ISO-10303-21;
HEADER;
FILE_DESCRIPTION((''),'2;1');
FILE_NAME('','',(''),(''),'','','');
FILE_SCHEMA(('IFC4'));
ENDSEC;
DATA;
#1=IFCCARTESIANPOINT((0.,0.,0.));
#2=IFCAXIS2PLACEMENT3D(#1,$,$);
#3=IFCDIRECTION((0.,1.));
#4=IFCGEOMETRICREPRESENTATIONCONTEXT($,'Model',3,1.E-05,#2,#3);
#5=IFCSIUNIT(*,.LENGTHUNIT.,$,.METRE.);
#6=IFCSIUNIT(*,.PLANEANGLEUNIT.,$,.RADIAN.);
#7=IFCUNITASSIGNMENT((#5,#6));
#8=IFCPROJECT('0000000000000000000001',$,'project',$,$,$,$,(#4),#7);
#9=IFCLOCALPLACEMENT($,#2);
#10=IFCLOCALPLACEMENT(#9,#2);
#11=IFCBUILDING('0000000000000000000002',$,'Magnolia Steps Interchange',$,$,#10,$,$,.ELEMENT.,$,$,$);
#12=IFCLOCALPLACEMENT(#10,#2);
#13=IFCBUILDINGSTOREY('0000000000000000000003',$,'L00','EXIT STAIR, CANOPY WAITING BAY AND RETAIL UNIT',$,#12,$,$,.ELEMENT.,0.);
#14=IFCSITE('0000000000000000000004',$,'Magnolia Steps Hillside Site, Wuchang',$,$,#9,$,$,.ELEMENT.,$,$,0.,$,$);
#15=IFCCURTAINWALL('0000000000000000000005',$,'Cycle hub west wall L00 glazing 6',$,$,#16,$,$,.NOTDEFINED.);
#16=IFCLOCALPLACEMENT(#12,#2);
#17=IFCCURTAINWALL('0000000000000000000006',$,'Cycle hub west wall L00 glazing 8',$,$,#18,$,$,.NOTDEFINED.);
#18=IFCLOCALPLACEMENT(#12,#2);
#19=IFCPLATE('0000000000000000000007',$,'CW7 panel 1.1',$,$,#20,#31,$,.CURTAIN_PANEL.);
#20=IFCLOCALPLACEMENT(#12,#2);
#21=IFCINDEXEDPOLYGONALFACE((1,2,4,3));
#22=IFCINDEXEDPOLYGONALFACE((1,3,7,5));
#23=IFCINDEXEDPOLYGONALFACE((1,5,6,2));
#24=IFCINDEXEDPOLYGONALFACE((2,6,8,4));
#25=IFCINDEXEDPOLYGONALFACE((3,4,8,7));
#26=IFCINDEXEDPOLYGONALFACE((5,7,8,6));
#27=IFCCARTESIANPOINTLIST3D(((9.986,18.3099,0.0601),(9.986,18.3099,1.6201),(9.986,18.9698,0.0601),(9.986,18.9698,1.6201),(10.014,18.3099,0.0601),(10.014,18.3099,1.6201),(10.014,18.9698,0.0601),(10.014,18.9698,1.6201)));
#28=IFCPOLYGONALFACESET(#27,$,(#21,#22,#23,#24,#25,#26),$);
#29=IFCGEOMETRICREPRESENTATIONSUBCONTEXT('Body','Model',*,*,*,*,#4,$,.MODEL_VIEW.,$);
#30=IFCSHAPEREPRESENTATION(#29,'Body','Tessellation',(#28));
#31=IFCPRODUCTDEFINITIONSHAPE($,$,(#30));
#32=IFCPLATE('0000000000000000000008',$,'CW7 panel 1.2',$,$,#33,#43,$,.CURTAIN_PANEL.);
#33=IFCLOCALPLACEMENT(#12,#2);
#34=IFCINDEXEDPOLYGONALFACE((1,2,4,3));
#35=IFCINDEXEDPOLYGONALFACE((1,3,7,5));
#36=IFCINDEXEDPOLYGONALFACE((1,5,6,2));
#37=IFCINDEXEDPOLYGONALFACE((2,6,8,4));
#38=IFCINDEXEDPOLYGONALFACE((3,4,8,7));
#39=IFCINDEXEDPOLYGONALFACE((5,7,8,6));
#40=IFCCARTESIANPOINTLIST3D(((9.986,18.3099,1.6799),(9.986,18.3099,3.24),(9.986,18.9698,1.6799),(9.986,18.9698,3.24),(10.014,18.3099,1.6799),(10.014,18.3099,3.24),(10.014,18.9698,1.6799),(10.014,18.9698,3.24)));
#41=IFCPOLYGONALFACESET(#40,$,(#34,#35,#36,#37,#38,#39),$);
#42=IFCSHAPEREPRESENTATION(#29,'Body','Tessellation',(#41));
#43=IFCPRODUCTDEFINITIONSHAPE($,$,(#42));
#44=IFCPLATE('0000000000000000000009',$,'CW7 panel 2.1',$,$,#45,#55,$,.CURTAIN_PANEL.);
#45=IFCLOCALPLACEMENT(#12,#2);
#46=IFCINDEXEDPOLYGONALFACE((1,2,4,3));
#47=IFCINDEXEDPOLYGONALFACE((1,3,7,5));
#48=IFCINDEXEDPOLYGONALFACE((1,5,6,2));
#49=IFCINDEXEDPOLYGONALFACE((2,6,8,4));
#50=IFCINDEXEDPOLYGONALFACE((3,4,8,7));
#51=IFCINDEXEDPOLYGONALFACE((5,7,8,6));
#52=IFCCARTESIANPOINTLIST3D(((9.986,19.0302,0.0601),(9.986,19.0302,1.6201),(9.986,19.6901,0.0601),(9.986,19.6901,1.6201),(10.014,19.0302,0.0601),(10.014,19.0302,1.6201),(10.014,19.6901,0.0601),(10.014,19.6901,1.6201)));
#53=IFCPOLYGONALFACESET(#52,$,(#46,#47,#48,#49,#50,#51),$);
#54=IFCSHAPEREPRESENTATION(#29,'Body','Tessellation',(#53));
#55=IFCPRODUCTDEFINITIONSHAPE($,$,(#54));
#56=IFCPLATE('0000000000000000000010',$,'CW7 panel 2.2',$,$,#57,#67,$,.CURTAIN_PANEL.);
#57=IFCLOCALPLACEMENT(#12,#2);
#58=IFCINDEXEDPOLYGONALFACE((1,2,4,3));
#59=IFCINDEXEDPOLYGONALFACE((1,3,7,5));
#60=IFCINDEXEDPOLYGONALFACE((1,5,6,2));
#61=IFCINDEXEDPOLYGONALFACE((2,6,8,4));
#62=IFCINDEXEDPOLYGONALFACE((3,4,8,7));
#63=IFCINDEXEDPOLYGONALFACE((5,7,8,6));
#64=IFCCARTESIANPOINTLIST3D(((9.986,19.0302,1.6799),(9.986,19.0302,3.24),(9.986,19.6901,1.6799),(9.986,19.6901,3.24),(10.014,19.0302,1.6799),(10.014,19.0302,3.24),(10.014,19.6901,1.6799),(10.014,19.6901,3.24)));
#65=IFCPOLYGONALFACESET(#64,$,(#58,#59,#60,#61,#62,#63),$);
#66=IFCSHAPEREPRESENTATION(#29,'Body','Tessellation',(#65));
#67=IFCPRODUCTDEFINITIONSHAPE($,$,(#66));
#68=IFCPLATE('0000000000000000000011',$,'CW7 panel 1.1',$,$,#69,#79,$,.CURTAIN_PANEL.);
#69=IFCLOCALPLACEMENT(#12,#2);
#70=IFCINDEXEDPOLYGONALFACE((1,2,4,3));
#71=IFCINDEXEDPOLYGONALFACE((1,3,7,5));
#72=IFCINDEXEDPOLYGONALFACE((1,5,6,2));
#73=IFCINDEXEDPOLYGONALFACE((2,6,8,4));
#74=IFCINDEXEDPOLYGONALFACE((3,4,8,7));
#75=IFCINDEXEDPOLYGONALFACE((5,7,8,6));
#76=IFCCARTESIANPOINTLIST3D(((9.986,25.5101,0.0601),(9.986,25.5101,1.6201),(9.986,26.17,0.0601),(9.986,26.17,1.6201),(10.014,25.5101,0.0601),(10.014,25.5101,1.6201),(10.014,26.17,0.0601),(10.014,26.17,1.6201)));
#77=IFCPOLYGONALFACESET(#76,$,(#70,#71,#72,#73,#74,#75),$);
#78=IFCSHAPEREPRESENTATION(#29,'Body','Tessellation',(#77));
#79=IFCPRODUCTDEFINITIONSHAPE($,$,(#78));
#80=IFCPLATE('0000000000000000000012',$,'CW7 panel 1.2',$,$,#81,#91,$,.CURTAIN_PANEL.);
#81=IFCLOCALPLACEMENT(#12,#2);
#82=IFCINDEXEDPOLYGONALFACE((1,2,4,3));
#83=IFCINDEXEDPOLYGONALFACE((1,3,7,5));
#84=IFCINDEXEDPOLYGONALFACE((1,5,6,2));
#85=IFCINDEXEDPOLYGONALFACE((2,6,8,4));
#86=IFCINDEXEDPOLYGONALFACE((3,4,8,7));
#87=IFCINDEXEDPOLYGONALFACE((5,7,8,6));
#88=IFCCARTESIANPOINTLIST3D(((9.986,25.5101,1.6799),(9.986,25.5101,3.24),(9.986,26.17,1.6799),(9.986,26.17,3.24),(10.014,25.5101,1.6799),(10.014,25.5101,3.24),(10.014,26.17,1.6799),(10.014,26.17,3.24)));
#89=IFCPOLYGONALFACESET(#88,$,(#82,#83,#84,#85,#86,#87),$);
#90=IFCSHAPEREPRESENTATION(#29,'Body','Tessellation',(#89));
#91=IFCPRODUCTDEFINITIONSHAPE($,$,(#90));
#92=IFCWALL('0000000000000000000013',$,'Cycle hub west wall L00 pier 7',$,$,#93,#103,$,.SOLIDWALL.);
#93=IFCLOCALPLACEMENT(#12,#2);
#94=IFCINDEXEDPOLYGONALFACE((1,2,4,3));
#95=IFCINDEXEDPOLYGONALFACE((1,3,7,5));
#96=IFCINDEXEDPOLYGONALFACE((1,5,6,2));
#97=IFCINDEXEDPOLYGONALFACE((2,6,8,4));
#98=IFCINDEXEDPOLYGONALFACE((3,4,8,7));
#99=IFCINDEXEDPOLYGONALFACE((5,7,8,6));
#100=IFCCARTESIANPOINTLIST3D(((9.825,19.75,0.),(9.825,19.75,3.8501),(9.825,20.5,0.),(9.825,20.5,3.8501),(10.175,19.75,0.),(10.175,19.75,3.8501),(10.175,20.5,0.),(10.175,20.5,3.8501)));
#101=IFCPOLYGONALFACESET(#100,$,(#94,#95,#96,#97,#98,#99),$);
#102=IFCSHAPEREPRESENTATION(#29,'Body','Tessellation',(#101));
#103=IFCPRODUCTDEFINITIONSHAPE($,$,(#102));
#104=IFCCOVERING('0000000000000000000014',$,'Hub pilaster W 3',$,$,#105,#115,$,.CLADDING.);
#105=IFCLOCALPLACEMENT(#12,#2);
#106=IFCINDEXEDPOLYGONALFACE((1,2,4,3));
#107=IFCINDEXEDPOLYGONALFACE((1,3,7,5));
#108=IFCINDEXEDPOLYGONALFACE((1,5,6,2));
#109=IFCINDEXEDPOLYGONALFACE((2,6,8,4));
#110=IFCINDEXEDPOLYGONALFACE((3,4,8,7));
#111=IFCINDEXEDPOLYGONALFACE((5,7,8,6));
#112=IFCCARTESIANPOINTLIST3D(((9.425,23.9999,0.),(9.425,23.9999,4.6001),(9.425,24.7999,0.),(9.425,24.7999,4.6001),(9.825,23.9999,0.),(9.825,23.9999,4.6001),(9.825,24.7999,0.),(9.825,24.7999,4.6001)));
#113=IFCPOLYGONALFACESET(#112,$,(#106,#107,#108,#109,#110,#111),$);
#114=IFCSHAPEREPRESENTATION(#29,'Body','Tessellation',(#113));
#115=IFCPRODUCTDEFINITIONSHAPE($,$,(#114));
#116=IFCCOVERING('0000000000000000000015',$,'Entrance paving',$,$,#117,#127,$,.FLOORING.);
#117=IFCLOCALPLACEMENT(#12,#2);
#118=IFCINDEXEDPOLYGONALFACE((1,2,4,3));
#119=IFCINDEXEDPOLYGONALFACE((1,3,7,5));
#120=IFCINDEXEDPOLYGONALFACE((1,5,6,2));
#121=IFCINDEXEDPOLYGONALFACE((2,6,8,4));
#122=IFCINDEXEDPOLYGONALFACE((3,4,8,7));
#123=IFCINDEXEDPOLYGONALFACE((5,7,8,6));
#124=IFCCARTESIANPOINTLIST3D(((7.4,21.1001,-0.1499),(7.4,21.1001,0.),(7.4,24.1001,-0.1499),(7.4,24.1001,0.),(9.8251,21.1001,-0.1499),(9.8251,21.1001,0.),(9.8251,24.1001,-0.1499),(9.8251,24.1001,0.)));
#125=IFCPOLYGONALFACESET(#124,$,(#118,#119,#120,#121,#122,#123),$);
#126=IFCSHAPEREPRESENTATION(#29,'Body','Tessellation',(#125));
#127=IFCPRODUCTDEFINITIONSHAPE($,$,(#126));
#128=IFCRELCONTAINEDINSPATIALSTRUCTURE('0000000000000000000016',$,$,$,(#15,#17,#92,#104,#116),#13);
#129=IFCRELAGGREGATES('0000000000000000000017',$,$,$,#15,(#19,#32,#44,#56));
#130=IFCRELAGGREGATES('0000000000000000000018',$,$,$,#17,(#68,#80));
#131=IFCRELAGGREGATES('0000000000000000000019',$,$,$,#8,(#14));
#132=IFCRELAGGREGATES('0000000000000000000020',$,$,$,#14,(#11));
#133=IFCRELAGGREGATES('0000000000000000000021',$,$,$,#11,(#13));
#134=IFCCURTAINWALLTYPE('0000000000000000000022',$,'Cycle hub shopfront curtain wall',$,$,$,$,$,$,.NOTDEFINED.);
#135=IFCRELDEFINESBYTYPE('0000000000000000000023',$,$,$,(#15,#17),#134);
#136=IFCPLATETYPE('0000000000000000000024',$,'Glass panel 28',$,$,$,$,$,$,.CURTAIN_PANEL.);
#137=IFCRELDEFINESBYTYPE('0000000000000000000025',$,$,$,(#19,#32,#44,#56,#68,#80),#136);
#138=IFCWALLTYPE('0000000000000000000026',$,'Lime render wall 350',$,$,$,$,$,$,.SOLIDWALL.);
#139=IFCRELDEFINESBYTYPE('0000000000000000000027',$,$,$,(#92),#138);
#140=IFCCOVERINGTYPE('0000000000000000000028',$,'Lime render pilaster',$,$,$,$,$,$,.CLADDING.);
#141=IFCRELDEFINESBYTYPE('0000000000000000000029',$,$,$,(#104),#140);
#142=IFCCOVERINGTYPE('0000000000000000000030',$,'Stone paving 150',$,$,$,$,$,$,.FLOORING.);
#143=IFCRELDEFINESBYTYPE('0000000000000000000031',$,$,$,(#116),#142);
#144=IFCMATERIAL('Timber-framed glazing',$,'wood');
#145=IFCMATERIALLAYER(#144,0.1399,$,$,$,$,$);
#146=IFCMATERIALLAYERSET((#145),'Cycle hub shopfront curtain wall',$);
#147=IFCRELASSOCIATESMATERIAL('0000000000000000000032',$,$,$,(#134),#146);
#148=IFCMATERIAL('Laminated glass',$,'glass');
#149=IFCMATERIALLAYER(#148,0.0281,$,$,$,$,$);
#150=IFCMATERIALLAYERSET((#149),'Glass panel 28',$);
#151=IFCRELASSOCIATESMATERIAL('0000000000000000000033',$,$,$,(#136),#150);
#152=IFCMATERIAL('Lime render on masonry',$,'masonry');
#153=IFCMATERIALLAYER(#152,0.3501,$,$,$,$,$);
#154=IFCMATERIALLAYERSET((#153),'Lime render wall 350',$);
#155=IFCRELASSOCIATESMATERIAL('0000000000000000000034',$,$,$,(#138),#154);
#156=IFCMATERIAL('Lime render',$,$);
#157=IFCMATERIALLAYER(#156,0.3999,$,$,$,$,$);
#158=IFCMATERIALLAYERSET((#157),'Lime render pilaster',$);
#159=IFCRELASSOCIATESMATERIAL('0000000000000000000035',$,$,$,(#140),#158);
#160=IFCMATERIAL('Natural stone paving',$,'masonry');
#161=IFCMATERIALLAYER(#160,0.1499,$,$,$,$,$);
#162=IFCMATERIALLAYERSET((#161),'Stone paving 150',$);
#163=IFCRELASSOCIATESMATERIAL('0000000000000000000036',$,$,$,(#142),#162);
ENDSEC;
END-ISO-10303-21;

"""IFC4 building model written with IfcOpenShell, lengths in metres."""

from ifc_helpers import new_model, si_unit, direction, frame, frame_2d, origin, origin_2d, place, context, subcontext, project, spatial, rectangle, extrude, material, layer, layer_set, type_object, element, aggregate, save


model = new_model("IFC4")

# Units and contexts
model_context = context("Model", 3, precision=1e-05, world=origin(), true_north=direction((0.0, 1.0)))
body_context = subcontext(model_context, "Body", "Model", "MODEL_VIEW")
ifc_project = project(units=[si_unit("LENGTHUNIT", "METRE"), si_unit("PLANEANGLEUNIT", "RADIAN")], contexts=[model_context])

# Site, building, storey
site_placement = place(None, origin())
site = spatial("IfcSite", under=ifc_project, at=site_placement, Name="Magnolia Steps Hillside Site, Wuchang", CompositionType="ELEMENT", RefElevation=0.0)
building_placement = place(site_placement, origin())
building = spatial("IfcBuilding", under=site, at=building_placement, Name="Magnolia Steps Interchange", CompositionType="ELEMENT")
storey_placement = place(building_placement, origin())
storey = spatial("IfcBuildingStorey", under=building, at=storey_placement, Name="L00", Description="EXIT STAIR, CANOPY WAITING BAY AND RETAIL UNIT", CompositionType="ELEMENT", Elevation=0.0)

# Curtain walls
ifc_material_1 = material(Name="Timber-framed glazing", Category="wood")
ifc_layer_1 = layer(ifc_material_1, 0.1399)
ifc_layer_set_1 = layer_set([ifc_layer_1], Name="Cycle hub shopfront curtain wall")
curtain_wall_type = type_object("IfcCurtainWallType", Name="Cycle hub shopfront curtain wall", PredefinedType="NOTDEFINED", material=ifc_layer_set_1)
curtain_wall_1_placement = place(storey_placement, origin())
curtain_wall_1 = element("IfcCurtainWall", 1, at=curtain_wall_1_placement, inside=storey, type_object=curtain_wall_type, Name="Cycle hub west wall L00 glazing 6", PredefinedType="NOTDEFINED")
curtain_wall_2_placement = place(storey_placement, origin())
curtain_wall_2 = element("IfcCurtainWall", 2, at=curtain_wall_2_placement, inside=storey, type_object=curtain_wall_type, Name="Cycle hub west wall L00 glazing 8", PredefinedType="NOTDEFINED")

# Plates
ifc_material_2 = material(Name="Laminated glass", Category="glass")
ifc_layer_2 = layer(ifc_material_2, 0.0281)
ifc_layer_set_2 = layer_set([ifc_layer_2], Name="Glass panel 28")
plate_type = type_object("IfcPlateType", Name="Glass panel 28", PredefinedType="CURTAIN_PANEL", material=ifc_layer_set_2)
plate_1_placement = place(storey_placement, frame((10.0, 18.6399, 0.0601), z_axis=(0.0, 0.0, 1.0), x_axis=(0.0, 1.0, 0.0)))
plate_1 = element("IfcPlate", 3, at=plate_1_placement, type_object=plate_type, Name="CW7 panel 1.1", PredefinedType="CURTAIN_PANEL", context=body_context, shape_type="SweptSolid", body=[
    extrude(rectangle(XDim=0.6599, YDim=0.0281, at=origin_2d()), origin(), (0.0, 0.0, 1.0), 1.5601),
])
plate_2_placement = place(storey_placement, frame((10.0, 18.6399, 1.6799), z_axis=(0.0, 0.0, 1.0), x_axis=(0.0, 1.0, 0.0)))
plate_2 = element("IfcPlate", 4, at=plate_2_placement, type_object=plate_type, Name="CW7 panel 1.2", PredefinedType="CURTAIN_PANEL", context=body_context, shape_type="SweptSolid", body=[
    extrude(rectangle(XDim=0.6599, YDim=0.0281, at=origin_2d()), origin(), (0.0, 0.0, 1.0), 1.5601),
])
plate_3_placement = place(storey_placement, frame((10.0, 19.3601, 0.0601), z_axis=(0.0, 0.0, 1.0), x_axis=(0.0, 1.0, 0.0)))
plate_3 = element("IfcPlate", 5, at=plate_3_placement, type_object=plate_type, Name="CW7 panel 2.1", PredefinedType="CURTAIN_PANEL", context=body_context, shape_type="SweptSolid", body=[
    extrude(rectangle(XDim=0.6599, YDim=0.0281, at=origin_2d()), origin(), (0.0, 0.0, 1.0), 1.5601),
])
plate_4_placement = place(storey_placement, frame((10.0, 19.3601, 1.6799), z_axis=(0.0, 0.0, 1.0), x_axis=(0.0, 1.0, 0.0)))
plate_4 = element("IfcPlate", 6, at=plate_4_placement, type_object=plate_type, Name="CW7 panel 2.2", PredefinedType="CURTAIN_PANEL", context=body_context, shape_type="SweptSolid", body=[
    extrude(rectangle(XDim=0.6599, YDim=0.0281, at=origin_2d()), origin(), (0.0, 0.0, 1.0), 1.5601),
])
aggregate(curtain_wall_1, [plate_1, plate_2, plate_3, plate_4])
plate_5_placement = place(storey_placement, frame((10.0, 25.8401, 0.0601), z_axis=(0.0, 0.0, 1.0), x_axis=(0.0, 1.0, 0.0)))
plate_5 = element("IfcPlate", 7, at=plate_5_placement, type_object=plate_type, Name="CW7 panel 1.1", PredefinedType="CURTAIN_PANEL", context=body_context, shape_type="SweptSolid", body=[
    extrude(rectangle(XDim=0.6599, YDim=0.0281, at=origin_2d()), origin(), (0.0, 0.0, 1.0), 1.5601),
])
plate_6_placement = place(storey_placement, frame((10.0, 25.8401, 1.6799), z_axis=(0.0, 0.0, 1.0), x_axis=(0.0, 1.0, 0.0)))
plate_6 = element("IfcPlate", 8, at=plate_6_placement, type_object=plate_type, Name="CW7 panel 1.2", PredefinedType="CURTAIN_PANEL", context=body_context, shape_type="SweptSolid", body=[
    extrude(rectangle(XDim=0.6599, YDim=0.0281, at=origin_2d()), origin(), (0.0, 0.0, 1.0), 1.5601),
])
aggregate(curtain_wall_2, [plate_5, plate_6])

# Wall
ifc_material_3 = material(Name="Lime render on masonry", Category="masonry")
ifc_layer_3 = layer(ifc_material_3, 0.3501)
ifc_layer_set_3 = layer_set([ifc_layer_3], Name="Lime render wall 350")
wall_type = type_object("IfcWallType", Name="Lime render wall 350", PredefinedType="SOLIDWALL", material=ifc_layer_set_3)
wall_1_placement = place(storey_placement, frame((10.0, 19.75, 0.0), z_axis=(0.0, 0.0, 1.0), x_axis=(0.0, 1.0, 0.0)))
element("IfcWall", 9, at=wall_1_placement, inside=storey, type_object=wall_type, Name="Cycle hub west wall L00 pier 7", PredefinedType="SOLIDWALL", context=body_context, shape_type="SweptSolid", body=[
    extrude(rectangle(XDim=0.75, YDim=0.3501, at=frame_2d((0.375, 0.0))), origin(), (0.0, 0.0, 1.0), 3.8501),
])

# Coverings
ifc_material_4 = material(Name="Lime render")
ifc_layer_4 = layer(ifc_material_4, 0.3999)
ifc_layer_set_4 = layer_set([ifc_layer_4], Name="Lime render pilaster")
covering_type_1 = type_object("IfcCoveringType", Name="Lime render pilaster", PredefinedType="CLADDING", material=ifc_layer_set_4)
covering_1_placement = place(storey_placement, frame((9.625, 24.3999, 0.0), z_axis=(0.0, 0.0, 1.0), x_axis=(1.0, 0.0, 0.0)))
element("IfcCovering", 10, at=covering_1_placement, inside=storey, type_object=covering_type_1, Name="Hub pilaster W 3", PredefinedType="CLADDING", context=body_context, shape_type="SweptSolid", body=[
    extrude(rectangle(XDim=0.3999, YDim=0.8, at=origin_2d()), origin(), (0.0, 0.0, 1.0), 4.6001),
])
ifc_material_5 = material(Name="Natural stone paving", Category="masonry")
ifc_layer_5 = layer(ifc_material_5, 0.1499)
ifc_layer_set_5 = layer_set([ifc_layer_5], Name="Stone paving 150")
covering_type_2 = type_object("IfcCoveringType", Name="Stone paving 150", PredefinedType="FLOORING", material=ifc_layer_set_5)
covering_2_placement = place(storey_placement, frame((8.6125, 22.6001, -0.1499), z_axis=(0.0, 0.0, 1.0), x_axis=(1.0, 0.0, 0.0)))
element("IfcCovering", 11, at=covering_2_placement, inside=storey, type_object=covering_type_2, Name="Entrance paving", PredefinedType="FLOORING", context=body_context, shape_type="SweptSolid", body=[
    extrude(rectangle(XDim=2.425, YDim=3.0, at=origin_2d()), origin(), (0.0, 0.0, 1.0), 0.1499),
])

save(model, "model.ifc")
